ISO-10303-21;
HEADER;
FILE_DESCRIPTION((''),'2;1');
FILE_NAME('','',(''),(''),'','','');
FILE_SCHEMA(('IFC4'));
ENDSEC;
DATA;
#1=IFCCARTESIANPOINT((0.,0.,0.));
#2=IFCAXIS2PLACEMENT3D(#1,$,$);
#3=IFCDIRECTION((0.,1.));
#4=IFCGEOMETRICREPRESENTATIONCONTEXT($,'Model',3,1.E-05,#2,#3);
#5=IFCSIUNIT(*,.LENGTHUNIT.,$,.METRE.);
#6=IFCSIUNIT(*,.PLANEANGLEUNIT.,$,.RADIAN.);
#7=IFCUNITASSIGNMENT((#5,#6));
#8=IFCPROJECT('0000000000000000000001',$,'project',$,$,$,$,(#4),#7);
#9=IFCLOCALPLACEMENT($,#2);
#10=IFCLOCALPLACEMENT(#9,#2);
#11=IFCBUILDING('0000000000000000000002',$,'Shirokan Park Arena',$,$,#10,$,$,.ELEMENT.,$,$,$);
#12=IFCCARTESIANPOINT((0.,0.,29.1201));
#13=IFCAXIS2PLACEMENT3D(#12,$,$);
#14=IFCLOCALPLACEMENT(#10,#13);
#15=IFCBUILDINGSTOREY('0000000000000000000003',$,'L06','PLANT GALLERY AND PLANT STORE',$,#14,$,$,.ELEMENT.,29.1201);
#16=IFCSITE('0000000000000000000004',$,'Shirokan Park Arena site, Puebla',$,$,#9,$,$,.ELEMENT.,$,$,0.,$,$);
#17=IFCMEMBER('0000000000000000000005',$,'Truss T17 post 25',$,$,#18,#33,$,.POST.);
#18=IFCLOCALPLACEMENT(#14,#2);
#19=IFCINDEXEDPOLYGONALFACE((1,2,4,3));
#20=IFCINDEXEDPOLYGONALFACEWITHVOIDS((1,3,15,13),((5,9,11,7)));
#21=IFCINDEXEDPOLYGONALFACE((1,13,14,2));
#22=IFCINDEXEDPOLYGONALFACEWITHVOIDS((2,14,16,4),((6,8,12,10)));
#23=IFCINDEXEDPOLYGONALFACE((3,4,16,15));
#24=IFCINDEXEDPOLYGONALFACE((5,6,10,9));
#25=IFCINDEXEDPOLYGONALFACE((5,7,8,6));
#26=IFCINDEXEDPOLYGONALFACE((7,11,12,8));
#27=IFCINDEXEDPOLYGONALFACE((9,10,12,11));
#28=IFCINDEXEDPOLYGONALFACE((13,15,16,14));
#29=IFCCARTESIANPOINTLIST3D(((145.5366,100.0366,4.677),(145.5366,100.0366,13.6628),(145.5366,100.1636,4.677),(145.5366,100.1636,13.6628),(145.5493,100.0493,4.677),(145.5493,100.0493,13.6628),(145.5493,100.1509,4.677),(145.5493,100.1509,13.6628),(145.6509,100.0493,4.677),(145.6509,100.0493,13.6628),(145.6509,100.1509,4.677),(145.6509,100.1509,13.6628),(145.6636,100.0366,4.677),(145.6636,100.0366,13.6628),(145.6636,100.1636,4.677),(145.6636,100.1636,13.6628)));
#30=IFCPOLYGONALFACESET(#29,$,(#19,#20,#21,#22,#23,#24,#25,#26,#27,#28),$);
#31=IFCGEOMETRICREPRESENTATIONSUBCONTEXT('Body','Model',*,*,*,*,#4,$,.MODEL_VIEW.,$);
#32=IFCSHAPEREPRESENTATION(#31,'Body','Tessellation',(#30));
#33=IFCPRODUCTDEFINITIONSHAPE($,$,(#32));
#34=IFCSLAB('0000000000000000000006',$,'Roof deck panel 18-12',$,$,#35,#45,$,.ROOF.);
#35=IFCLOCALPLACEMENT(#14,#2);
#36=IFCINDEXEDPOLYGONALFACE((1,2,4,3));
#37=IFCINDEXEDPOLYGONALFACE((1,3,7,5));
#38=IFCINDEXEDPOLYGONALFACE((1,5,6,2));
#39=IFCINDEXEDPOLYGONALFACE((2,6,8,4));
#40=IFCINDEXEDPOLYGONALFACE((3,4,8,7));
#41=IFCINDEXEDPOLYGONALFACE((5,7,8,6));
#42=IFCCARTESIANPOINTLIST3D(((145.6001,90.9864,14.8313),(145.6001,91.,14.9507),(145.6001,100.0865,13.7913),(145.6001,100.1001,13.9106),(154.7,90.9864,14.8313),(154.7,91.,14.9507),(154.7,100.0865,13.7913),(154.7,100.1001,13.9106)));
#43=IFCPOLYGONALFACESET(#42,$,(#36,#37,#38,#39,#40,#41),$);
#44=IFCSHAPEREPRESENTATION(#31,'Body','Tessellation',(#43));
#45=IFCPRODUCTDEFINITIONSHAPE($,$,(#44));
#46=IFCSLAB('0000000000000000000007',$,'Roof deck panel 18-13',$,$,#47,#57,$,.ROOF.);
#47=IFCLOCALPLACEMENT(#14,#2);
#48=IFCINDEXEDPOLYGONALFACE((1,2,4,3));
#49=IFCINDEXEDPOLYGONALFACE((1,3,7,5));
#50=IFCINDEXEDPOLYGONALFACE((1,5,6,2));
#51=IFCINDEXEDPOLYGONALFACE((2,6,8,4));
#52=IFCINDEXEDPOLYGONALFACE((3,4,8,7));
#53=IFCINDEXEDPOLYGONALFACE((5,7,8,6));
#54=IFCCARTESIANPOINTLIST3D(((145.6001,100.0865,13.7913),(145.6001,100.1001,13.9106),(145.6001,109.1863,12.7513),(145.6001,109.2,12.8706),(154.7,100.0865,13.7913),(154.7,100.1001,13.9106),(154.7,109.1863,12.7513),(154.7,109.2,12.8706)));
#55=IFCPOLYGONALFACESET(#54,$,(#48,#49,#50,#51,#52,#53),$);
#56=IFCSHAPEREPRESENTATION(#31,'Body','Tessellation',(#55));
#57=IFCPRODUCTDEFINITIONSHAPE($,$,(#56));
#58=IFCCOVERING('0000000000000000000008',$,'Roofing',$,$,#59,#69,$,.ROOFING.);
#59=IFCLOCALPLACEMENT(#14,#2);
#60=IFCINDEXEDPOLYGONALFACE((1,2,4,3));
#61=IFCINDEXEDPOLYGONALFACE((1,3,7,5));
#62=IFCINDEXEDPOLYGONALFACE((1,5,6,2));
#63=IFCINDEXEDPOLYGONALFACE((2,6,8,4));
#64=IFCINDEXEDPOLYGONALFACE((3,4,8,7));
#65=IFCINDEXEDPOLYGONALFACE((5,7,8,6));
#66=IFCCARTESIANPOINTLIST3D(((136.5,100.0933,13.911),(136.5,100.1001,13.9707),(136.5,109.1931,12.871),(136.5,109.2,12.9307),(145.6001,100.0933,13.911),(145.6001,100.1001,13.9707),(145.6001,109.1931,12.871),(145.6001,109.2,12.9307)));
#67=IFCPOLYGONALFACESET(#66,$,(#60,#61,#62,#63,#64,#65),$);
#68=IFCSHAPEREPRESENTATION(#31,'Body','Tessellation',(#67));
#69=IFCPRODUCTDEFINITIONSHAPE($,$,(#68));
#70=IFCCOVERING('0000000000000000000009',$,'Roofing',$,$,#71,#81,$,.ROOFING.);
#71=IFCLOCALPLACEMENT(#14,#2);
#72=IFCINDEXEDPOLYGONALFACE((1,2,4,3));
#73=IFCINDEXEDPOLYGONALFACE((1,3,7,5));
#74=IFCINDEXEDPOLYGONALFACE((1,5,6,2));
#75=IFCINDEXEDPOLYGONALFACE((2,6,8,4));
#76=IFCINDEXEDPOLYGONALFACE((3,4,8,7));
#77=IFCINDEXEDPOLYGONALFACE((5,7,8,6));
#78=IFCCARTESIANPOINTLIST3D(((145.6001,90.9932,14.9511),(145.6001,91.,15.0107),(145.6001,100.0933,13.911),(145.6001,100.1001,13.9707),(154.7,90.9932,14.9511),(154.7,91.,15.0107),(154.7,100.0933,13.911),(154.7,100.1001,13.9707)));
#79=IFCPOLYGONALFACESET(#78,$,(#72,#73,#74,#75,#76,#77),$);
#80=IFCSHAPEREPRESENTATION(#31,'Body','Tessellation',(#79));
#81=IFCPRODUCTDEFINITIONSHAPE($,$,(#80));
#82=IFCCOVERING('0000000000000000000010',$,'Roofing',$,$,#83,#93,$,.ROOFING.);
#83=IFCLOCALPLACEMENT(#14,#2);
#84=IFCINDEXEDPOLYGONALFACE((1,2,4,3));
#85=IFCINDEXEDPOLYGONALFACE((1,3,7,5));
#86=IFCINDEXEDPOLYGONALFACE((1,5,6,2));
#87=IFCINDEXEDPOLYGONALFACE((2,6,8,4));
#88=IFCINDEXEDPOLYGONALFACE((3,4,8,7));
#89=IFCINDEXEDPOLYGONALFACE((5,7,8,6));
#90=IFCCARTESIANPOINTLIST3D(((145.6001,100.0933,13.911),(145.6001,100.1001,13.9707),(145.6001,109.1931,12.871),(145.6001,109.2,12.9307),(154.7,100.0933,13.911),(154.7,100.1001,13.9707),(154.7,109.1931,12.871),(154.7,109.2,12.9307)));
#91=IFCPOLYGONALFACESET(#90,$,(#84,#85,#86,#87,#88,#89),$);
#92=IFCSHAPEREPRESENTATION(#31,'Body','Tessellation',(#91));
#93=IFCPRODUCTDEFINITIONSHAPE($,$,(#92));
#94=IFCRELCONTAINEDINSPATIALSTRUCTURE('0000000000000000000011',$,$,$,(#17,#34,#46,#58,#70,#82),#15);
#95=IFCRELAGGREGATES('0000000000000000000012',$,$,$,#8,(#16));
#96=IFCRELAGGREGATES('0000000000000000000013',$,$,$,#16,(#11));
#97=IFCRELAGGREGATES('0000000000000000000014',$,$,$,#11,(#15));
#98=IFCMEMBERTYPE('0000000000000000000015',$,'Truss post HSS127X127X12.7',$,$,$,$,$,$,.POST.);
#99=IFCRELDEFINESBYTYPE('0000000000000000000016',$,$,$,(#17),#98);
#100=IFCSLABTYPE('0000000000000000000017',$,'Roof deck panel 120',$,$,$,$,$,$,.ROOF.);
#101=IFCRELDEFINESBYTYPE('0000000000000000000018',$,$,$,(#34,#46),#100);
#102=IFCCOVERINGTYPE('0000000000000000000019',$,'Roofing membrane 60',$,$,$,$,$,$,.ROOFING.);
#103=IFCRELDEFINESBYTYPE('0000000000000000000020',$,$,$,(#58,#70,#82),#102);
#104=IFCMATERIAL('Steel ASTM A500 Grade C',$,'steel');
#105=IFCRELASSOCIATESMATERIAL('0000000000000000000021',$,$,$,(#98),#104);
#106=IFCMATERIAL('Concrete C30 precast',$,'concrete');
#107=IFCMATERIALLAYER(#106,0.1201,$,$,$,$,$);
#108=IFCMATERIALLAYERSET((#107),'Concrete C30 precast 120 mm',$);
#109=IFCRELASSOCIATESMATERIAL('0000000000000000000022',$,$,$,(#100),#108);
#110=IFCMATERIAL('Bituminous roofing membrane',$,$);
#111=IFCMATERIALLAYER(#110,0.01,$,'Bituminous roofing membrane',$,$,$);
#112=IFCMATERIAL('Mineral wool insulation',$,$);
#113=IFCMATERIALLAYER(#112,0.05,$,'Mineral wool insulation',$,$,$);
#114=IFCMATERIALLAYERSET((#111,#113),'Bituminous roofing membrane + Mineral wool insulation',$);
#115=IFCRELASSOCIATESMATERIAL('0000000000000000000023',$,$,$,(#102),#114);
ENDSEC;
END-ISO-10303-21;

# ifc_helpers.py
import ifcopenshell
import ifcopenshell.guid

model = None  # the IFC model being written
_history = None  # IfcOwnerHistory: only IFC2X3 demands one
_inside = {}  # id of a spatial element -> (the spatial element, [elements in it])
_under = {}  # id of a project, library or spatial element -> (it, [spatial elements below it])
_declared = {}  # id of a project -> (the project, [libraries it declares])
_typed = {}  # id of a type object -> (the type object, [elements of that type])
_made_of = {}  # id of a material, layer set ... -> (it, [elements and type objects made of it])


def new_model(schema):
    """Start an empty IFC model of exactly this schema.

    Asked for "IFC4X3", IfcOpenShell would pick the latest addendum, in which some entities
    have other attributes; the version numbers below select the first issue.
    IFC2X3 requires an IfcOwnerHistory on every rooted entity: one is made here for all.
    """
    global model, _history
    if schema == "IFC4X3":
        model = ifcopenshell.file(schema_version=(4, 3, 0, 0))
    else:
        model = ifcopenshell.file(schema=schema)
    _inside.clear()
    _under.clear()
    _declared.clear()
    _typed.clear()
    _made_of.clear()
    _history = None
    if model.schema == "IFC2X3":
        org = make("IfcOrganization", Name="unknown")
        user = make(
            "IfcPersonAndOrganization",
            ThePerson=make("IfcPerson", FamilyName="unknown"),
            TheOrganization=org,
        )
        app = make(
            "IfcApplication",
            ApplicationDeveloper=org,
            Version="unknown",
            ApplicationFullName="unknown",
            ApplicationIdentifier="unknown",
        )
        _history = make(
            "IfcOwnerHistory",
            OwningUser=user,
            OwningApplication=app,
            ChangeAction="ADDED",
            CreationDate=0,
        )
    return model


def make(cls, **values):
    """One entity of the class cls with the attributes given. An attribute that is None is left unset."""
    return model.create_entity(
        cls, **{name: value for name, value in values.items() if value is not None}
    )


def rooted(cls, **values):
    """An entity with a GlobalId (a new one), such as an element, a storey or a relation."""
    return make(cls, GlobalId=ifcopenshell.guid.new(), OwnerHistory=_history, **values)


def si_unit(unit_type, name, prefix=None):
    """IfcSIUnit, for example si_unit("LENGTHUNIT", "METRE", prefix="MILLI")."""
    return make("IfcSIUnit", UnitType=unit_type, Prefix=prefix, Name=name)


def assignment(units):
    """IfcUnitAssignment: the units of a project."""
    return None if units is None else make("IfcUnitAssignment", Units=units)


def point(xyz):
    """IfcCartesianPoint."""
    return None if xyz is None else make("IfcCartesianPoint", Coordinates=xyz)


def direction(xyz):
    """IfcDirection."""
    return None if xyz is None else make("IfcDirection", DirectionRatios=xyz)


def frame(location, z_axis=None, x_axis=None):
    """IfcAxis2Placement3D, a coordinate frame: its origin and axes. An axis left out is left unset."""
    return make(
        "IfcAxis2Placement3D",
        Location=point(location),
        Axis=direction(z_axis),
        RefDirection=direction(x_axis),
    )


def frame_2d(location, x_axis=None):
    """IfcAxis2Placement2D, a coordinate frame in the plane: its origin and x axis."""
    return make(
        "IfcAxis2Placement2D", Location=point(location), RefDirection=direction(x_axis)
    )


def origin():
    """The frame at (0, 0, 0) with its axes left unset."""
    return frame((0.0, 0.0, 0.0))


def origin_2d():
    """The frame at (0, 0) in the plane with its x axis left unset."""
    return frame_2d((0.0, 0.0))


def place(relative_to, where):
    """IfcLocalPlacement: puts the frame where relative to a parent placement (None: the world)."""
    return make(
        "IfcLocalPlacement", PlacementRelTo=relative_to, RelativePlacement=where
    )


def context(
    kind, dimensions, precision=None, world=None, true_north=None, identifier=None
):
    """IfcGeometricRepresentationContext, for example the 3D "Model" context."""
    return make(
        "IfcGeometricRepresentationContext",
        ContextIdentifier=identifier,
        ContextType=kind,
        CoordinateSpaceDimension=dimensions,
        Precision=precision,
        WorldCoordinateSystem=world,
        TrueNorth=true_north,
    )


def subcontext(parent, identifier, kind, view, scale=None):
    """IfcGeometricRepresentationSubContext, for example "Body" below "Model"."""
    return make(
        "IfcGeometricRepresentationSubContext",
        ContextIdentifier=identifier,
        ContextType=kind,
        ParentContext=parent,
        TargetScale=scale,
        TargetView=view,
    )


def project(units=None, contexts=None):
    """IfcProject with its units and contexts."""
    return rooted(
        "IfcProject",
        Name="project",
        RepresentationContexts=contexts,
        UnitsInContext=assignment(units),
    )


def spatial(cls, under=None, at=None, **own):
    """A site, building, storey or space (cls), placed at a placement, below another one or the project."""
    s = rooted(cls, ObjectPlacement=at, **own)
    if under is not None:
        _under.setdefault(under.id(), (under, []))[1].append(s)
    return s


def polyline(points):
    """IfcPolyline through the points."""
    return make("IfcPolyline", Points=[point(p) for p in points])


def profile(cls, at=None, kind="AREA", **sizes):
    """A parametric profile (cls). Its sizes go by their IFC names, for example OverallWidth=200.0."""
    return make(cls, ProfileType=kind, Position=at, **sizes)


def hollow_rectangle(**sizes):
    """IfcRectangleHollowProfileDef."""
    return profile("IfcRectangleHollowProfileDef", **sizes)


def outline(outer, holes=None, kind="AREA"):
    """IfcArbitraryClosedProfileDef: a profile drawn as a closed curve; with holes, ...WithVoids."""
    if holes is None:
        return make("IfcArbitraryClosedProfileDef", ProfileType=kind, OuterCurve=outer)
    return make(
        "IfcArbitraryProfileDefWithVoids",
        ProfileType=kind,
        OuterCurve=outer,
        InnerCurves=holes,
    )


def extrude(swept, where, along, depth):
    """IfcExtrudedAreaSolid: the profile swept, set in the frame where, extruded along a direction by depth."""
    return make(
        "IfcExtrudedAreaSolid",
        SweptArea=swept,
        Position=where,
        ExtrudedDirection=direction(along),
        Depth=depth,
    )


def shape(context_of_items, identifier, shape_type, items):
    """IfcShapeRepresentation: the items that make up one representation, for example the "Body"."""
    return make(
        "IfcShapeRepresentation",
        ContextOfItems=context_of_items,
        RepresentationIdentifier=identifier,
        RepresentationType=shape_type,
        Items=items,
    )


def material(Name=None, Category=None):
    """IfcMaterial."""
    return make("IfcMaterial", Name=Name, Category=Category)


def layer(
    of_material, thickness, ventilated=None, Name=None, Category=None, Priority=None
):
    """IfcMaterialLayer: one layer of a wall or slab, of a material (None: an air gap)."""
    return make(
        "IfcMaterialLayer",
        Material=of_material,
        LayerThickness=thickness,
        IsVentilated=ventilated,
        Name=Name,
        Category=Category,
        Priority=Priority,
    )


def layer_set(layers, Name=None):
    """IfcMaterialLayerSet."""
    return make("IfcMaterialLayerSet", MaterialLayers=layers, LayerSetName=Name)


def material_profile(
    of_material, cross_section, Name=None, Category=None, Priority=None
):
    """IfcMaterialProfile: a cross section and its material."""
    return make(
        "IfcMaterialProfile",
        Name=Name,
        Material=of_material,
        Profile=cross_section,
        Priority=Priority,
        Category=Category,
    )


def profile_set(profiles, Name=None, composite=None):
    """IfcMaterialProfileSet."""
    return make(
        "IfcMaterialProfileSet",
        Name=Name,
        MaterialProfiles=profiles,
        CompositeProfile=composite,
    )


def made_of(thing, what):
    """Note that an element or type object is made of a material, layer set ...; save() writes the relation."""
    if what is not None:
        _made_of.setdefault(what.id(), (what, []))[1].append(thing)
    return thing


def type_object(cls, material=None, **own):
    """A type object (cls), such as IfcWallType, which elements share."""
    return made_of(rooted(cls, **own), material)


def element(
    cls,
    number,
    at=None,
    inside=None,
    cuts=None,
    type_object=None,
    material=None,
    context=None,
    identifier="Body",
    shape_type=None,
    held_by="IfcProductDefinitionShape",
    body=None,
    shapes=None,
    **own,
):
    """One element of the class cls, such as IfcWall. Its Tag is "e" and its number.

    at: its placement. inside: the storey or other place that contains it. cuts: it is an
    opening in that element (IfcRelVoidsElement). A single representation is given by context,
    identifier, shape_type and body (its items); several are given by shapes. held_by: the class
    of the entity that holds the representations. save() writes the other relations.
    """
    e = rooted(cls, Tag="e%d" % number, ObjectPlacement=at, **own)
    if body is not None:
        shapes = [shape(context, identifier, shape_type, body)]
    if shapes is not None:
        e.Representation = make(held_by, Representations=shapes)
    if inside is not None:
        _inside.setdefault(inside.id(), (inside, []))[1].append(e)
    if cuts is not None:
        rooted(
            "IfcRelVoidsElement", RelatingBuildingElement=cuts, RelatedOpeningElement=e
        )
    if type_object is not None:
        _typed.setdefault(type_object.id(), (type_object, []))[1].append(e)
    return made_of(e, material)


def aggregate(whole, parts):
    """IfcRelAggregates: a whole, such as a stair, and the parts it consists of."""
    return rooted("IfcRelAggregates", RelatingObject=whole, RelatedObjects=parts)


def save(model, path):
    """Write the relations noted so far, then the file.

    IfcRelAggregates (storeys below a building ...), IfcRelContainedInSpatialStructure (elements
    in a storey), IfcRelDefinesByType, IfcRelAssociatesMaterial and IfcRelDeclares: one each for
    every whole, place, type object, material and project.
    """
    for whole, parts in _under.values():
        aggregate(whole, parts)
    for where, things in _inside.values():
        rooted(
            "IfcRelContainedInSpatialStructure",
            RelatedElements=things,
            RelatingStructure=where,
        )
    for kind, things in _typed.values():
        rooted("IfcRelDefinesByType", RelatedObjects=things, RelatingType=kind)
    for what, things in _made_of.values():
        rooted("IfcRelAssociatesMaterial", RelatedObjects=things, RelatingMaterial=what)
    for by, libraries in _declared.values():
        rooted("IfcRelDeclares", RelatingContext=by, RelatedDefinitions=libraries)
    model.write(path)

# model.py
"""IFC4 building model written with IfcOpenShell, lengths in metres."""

from ifc_helpers import new_model, si_unit, direction, frame, origin, origin_2d, place, context, subcontext, project, spatial, polyline, hollow_rectangle, outline, extrude, material, layer, layer_set, material_profile, profile_set, type_object, element, save


model = new_model("IFC4")

# Units and contexts
model_context = context("Model", 3, precision=1e-05, world=origin(), true_north=direction((0.0, 1.0)))
body_context = subcontext(model_context, "Body", "Model", "MODEL_VIEW")
ifc_project = project(units=[si_unit("LENGTHUNIT", "METRE"), si_unit("PLANEANGLEUNIT", "RADIAN")], contexts=[model_context])

# Site, building, storey
site_placement = place(None, origin())
site = spatial("IfcSite", under=ifc_project, at=site_placement, Name="Shirokan Park Arena site, Puebla", CompositionType="ELEMENT", RefElevation=0.0)
building_placement = place(site_placement, origin())
building = spatial("IfcBuilding", under=site, at=building_placement, Name="Shirokan Park Arena", CompositionType="ELEMENT")
storey_placement = place(building_placement, frame((0.0, 0.0, 29.1201)))
storey = spatial("IfcBuildingStorey", under=building, at=storey_placement, Name="L06", Description="PLANT GALLERY AND PLANT STORE", CompositionType="ELEMENT", Elevation=29.1201)

# Member
ifc_material_1 = material(Name="Steel ASTM A500 Grade C", Category="steel")
ifc_material_profile_1 = material_profile(ifc_material_1, hollow_rectangle(XDim=0.127, YDim=0.127, WallThickness=0.0127, at=origin_2d()), Name="HSS127X127X12.7")
ifc_profile_set_1 = profile_set([ifc_material_profile_1], Name="Steel ASTM A500 Grade C")
member_type_1 = type_object("IfcMemberType", Name="Truss post HSS127X127X12.7", PredefinedType="POST", material=ifc_profile_set_1)
member_1_placement = place(storey_placement, frame((145.6001, 100.1001, 4.677), z_axis=(0.0, 0.0, 1.0), x_axis=(1.0, 0.0, 0.0)))
element("IfcMember", 1, at=member_1_placement, inside=storey, type_object=member_type_1, Name="Truss T17 post 25", PredefinedType="POST", context=body_context, shape_type="SweptSolid", body=[
    extrude(hollow_rectangle(XDim=0.127, YDim=0.127, WallThickness=0.0127, at=origin_2d()), origin(), (0.0, 0.0, 1.0), 8.9858),
])

# Slabs
ifc_material_2 = material(Name="Concrete C30 precast", Category="concrete")
ifc_layer_1 = layer(ifc_material_2, 0.1201)
ifc_layer_set_1 = layer_set([ifc_layer_1], Name="Concrete C30 precast 120 mm")
slab_type = type_object("IfcSlabType", Name="Roof deck panel 120", PredefinedType="ROOF", material=ifc_layer_set_1)
slab_1_placement = place(storey_placement, frame((145.6001, 91.0, 14.9507), z_axis=(0.0, 0.11355, 0.993532), x_axis=(1.0, 0.0, 0.0)))
element("IfcSlab", 2, at=slab_1_placement, inside=storey, type_object=slab_type, Name="Roof deck panel 18-12", PredefinedType="ROOF", context=body_context, shape_type="SweptSolid", body=[
    extrude(outline(polyline([(0.0, 0.0), (9.0999, 0.0), (9.0999, 9.1593), (0.0, 9.1593), (0.0, 0.0)])), origin(), (0.0, 0.0, -1.0), 0.1201),
])
slab_2_placement = place(storey_placement, frame((145.6001, 100.1001, 13.9106), z_axis=(0.0, 0.113553, 0.993532), x_axis=(1.0, 0.0, 0.0)))
element("IfcSlab", 3, at=slab_2_placement, inside=storey, type_object=slab_type, Name="Roof deck panel 18-13", PredefinedType="ROOF", context=body_context, shape_type="SweptSolid", body=[
    extrude(outline(polyline([(0.0, 0.0), (9.0999, 0.0), (9.0999, 9.1591), (0.0, 9.1591), (0.0, 0.0)])), origin(), (0.0, 0.0, -1.0), 0.1201),
])

# Coverings
ifc_material_3 = material(Name="Bituminous roofing membrane")
ifc_layer_2 = layer(ifc_material_3, 0.01, Name="Bituminous roofing membrane")
ifc_material_4 = material(Name="Mineral wool insulation")
ifc_layer_3 = layer(ifc_material_4, 0.05, Name="Mineral wool insulation")
ifc_layer_set_2 = layer_set([ifc_layer_2, ifc_layer_3], Name="Bituminous roofing membrane + Mineral wool insulation")
covering_type = type_object("IfcCoveringType", Name="Roofing membrane 60", PredefinedType="ROOFING", material=ifc_layer_set_2)
covering_1_placement = place(storey_placement, frame((136.5, 100.1001, 13.9707), z_axis=(0.0, 0.113553, 0.993532), x_axis=(1.0, 0.0, 0.0)))
element("IfcCovering", 4, at=covering_1_placement, inside=storey, type_object=covering_type, Name="Roofing", PredefinedType="ROOFING", context=body_context, shape_type="SweptSolid", body=[
    extrude(outline(polyline([(0.0, 0.0), (9.1001, 0.0), (9.1001, 9.1591), (0.0, 9.1591), (0.0, 0.0)])), origin(), (0.0, 0.0, -1.0), 0.0601),
])
covering_2_placement = place(storey_placement, frame((145.6001, 91.0, 15.0107), z_axis=(0.0, 0.11355, 0.993532), x_axis=(1.0, 0.0, 0.0)))
element("IfcCovering", 5, at=covering_2_placement, inside=storey, type_object=covering_type, Name="Roofing", PredefinedType="ROOFING", context=body_context, shape_type="SweptSolid", body=[
    extrude(outline(polyline([(0.0, 0.0), (9.0999, 0.0), (9.0999, 9.1593), (0.0, 9.1593), (0.0, 0.0)])), origin(), (0.0, 0.0, -1.0), 0.0601),
])
covering_3_placement = place(storey_placement, frame((145.6001, 100.1001, 13.9707), z_axis=(0.0, 0.113553, 0.993532), x_axis=(1.0, 0.0, 0.0)))
element("IfcCovering", 6, at=covering_3_placement, inside=storey, type_object=covering_type, Name="Roofing", PredefinedType="ROOFING", context=body_context, shape_type="SweptSolid", body=[
    extrude(outline(polyline([(0.0, 0.0), (9.0999, 0.0), (9.0999, 9.1591), (0.0, 9.1591), (0.0, 0.0)])), origin(), (0.0, 0.0, -1.0), 0.0601),
])

save(model, "model.ifc")
